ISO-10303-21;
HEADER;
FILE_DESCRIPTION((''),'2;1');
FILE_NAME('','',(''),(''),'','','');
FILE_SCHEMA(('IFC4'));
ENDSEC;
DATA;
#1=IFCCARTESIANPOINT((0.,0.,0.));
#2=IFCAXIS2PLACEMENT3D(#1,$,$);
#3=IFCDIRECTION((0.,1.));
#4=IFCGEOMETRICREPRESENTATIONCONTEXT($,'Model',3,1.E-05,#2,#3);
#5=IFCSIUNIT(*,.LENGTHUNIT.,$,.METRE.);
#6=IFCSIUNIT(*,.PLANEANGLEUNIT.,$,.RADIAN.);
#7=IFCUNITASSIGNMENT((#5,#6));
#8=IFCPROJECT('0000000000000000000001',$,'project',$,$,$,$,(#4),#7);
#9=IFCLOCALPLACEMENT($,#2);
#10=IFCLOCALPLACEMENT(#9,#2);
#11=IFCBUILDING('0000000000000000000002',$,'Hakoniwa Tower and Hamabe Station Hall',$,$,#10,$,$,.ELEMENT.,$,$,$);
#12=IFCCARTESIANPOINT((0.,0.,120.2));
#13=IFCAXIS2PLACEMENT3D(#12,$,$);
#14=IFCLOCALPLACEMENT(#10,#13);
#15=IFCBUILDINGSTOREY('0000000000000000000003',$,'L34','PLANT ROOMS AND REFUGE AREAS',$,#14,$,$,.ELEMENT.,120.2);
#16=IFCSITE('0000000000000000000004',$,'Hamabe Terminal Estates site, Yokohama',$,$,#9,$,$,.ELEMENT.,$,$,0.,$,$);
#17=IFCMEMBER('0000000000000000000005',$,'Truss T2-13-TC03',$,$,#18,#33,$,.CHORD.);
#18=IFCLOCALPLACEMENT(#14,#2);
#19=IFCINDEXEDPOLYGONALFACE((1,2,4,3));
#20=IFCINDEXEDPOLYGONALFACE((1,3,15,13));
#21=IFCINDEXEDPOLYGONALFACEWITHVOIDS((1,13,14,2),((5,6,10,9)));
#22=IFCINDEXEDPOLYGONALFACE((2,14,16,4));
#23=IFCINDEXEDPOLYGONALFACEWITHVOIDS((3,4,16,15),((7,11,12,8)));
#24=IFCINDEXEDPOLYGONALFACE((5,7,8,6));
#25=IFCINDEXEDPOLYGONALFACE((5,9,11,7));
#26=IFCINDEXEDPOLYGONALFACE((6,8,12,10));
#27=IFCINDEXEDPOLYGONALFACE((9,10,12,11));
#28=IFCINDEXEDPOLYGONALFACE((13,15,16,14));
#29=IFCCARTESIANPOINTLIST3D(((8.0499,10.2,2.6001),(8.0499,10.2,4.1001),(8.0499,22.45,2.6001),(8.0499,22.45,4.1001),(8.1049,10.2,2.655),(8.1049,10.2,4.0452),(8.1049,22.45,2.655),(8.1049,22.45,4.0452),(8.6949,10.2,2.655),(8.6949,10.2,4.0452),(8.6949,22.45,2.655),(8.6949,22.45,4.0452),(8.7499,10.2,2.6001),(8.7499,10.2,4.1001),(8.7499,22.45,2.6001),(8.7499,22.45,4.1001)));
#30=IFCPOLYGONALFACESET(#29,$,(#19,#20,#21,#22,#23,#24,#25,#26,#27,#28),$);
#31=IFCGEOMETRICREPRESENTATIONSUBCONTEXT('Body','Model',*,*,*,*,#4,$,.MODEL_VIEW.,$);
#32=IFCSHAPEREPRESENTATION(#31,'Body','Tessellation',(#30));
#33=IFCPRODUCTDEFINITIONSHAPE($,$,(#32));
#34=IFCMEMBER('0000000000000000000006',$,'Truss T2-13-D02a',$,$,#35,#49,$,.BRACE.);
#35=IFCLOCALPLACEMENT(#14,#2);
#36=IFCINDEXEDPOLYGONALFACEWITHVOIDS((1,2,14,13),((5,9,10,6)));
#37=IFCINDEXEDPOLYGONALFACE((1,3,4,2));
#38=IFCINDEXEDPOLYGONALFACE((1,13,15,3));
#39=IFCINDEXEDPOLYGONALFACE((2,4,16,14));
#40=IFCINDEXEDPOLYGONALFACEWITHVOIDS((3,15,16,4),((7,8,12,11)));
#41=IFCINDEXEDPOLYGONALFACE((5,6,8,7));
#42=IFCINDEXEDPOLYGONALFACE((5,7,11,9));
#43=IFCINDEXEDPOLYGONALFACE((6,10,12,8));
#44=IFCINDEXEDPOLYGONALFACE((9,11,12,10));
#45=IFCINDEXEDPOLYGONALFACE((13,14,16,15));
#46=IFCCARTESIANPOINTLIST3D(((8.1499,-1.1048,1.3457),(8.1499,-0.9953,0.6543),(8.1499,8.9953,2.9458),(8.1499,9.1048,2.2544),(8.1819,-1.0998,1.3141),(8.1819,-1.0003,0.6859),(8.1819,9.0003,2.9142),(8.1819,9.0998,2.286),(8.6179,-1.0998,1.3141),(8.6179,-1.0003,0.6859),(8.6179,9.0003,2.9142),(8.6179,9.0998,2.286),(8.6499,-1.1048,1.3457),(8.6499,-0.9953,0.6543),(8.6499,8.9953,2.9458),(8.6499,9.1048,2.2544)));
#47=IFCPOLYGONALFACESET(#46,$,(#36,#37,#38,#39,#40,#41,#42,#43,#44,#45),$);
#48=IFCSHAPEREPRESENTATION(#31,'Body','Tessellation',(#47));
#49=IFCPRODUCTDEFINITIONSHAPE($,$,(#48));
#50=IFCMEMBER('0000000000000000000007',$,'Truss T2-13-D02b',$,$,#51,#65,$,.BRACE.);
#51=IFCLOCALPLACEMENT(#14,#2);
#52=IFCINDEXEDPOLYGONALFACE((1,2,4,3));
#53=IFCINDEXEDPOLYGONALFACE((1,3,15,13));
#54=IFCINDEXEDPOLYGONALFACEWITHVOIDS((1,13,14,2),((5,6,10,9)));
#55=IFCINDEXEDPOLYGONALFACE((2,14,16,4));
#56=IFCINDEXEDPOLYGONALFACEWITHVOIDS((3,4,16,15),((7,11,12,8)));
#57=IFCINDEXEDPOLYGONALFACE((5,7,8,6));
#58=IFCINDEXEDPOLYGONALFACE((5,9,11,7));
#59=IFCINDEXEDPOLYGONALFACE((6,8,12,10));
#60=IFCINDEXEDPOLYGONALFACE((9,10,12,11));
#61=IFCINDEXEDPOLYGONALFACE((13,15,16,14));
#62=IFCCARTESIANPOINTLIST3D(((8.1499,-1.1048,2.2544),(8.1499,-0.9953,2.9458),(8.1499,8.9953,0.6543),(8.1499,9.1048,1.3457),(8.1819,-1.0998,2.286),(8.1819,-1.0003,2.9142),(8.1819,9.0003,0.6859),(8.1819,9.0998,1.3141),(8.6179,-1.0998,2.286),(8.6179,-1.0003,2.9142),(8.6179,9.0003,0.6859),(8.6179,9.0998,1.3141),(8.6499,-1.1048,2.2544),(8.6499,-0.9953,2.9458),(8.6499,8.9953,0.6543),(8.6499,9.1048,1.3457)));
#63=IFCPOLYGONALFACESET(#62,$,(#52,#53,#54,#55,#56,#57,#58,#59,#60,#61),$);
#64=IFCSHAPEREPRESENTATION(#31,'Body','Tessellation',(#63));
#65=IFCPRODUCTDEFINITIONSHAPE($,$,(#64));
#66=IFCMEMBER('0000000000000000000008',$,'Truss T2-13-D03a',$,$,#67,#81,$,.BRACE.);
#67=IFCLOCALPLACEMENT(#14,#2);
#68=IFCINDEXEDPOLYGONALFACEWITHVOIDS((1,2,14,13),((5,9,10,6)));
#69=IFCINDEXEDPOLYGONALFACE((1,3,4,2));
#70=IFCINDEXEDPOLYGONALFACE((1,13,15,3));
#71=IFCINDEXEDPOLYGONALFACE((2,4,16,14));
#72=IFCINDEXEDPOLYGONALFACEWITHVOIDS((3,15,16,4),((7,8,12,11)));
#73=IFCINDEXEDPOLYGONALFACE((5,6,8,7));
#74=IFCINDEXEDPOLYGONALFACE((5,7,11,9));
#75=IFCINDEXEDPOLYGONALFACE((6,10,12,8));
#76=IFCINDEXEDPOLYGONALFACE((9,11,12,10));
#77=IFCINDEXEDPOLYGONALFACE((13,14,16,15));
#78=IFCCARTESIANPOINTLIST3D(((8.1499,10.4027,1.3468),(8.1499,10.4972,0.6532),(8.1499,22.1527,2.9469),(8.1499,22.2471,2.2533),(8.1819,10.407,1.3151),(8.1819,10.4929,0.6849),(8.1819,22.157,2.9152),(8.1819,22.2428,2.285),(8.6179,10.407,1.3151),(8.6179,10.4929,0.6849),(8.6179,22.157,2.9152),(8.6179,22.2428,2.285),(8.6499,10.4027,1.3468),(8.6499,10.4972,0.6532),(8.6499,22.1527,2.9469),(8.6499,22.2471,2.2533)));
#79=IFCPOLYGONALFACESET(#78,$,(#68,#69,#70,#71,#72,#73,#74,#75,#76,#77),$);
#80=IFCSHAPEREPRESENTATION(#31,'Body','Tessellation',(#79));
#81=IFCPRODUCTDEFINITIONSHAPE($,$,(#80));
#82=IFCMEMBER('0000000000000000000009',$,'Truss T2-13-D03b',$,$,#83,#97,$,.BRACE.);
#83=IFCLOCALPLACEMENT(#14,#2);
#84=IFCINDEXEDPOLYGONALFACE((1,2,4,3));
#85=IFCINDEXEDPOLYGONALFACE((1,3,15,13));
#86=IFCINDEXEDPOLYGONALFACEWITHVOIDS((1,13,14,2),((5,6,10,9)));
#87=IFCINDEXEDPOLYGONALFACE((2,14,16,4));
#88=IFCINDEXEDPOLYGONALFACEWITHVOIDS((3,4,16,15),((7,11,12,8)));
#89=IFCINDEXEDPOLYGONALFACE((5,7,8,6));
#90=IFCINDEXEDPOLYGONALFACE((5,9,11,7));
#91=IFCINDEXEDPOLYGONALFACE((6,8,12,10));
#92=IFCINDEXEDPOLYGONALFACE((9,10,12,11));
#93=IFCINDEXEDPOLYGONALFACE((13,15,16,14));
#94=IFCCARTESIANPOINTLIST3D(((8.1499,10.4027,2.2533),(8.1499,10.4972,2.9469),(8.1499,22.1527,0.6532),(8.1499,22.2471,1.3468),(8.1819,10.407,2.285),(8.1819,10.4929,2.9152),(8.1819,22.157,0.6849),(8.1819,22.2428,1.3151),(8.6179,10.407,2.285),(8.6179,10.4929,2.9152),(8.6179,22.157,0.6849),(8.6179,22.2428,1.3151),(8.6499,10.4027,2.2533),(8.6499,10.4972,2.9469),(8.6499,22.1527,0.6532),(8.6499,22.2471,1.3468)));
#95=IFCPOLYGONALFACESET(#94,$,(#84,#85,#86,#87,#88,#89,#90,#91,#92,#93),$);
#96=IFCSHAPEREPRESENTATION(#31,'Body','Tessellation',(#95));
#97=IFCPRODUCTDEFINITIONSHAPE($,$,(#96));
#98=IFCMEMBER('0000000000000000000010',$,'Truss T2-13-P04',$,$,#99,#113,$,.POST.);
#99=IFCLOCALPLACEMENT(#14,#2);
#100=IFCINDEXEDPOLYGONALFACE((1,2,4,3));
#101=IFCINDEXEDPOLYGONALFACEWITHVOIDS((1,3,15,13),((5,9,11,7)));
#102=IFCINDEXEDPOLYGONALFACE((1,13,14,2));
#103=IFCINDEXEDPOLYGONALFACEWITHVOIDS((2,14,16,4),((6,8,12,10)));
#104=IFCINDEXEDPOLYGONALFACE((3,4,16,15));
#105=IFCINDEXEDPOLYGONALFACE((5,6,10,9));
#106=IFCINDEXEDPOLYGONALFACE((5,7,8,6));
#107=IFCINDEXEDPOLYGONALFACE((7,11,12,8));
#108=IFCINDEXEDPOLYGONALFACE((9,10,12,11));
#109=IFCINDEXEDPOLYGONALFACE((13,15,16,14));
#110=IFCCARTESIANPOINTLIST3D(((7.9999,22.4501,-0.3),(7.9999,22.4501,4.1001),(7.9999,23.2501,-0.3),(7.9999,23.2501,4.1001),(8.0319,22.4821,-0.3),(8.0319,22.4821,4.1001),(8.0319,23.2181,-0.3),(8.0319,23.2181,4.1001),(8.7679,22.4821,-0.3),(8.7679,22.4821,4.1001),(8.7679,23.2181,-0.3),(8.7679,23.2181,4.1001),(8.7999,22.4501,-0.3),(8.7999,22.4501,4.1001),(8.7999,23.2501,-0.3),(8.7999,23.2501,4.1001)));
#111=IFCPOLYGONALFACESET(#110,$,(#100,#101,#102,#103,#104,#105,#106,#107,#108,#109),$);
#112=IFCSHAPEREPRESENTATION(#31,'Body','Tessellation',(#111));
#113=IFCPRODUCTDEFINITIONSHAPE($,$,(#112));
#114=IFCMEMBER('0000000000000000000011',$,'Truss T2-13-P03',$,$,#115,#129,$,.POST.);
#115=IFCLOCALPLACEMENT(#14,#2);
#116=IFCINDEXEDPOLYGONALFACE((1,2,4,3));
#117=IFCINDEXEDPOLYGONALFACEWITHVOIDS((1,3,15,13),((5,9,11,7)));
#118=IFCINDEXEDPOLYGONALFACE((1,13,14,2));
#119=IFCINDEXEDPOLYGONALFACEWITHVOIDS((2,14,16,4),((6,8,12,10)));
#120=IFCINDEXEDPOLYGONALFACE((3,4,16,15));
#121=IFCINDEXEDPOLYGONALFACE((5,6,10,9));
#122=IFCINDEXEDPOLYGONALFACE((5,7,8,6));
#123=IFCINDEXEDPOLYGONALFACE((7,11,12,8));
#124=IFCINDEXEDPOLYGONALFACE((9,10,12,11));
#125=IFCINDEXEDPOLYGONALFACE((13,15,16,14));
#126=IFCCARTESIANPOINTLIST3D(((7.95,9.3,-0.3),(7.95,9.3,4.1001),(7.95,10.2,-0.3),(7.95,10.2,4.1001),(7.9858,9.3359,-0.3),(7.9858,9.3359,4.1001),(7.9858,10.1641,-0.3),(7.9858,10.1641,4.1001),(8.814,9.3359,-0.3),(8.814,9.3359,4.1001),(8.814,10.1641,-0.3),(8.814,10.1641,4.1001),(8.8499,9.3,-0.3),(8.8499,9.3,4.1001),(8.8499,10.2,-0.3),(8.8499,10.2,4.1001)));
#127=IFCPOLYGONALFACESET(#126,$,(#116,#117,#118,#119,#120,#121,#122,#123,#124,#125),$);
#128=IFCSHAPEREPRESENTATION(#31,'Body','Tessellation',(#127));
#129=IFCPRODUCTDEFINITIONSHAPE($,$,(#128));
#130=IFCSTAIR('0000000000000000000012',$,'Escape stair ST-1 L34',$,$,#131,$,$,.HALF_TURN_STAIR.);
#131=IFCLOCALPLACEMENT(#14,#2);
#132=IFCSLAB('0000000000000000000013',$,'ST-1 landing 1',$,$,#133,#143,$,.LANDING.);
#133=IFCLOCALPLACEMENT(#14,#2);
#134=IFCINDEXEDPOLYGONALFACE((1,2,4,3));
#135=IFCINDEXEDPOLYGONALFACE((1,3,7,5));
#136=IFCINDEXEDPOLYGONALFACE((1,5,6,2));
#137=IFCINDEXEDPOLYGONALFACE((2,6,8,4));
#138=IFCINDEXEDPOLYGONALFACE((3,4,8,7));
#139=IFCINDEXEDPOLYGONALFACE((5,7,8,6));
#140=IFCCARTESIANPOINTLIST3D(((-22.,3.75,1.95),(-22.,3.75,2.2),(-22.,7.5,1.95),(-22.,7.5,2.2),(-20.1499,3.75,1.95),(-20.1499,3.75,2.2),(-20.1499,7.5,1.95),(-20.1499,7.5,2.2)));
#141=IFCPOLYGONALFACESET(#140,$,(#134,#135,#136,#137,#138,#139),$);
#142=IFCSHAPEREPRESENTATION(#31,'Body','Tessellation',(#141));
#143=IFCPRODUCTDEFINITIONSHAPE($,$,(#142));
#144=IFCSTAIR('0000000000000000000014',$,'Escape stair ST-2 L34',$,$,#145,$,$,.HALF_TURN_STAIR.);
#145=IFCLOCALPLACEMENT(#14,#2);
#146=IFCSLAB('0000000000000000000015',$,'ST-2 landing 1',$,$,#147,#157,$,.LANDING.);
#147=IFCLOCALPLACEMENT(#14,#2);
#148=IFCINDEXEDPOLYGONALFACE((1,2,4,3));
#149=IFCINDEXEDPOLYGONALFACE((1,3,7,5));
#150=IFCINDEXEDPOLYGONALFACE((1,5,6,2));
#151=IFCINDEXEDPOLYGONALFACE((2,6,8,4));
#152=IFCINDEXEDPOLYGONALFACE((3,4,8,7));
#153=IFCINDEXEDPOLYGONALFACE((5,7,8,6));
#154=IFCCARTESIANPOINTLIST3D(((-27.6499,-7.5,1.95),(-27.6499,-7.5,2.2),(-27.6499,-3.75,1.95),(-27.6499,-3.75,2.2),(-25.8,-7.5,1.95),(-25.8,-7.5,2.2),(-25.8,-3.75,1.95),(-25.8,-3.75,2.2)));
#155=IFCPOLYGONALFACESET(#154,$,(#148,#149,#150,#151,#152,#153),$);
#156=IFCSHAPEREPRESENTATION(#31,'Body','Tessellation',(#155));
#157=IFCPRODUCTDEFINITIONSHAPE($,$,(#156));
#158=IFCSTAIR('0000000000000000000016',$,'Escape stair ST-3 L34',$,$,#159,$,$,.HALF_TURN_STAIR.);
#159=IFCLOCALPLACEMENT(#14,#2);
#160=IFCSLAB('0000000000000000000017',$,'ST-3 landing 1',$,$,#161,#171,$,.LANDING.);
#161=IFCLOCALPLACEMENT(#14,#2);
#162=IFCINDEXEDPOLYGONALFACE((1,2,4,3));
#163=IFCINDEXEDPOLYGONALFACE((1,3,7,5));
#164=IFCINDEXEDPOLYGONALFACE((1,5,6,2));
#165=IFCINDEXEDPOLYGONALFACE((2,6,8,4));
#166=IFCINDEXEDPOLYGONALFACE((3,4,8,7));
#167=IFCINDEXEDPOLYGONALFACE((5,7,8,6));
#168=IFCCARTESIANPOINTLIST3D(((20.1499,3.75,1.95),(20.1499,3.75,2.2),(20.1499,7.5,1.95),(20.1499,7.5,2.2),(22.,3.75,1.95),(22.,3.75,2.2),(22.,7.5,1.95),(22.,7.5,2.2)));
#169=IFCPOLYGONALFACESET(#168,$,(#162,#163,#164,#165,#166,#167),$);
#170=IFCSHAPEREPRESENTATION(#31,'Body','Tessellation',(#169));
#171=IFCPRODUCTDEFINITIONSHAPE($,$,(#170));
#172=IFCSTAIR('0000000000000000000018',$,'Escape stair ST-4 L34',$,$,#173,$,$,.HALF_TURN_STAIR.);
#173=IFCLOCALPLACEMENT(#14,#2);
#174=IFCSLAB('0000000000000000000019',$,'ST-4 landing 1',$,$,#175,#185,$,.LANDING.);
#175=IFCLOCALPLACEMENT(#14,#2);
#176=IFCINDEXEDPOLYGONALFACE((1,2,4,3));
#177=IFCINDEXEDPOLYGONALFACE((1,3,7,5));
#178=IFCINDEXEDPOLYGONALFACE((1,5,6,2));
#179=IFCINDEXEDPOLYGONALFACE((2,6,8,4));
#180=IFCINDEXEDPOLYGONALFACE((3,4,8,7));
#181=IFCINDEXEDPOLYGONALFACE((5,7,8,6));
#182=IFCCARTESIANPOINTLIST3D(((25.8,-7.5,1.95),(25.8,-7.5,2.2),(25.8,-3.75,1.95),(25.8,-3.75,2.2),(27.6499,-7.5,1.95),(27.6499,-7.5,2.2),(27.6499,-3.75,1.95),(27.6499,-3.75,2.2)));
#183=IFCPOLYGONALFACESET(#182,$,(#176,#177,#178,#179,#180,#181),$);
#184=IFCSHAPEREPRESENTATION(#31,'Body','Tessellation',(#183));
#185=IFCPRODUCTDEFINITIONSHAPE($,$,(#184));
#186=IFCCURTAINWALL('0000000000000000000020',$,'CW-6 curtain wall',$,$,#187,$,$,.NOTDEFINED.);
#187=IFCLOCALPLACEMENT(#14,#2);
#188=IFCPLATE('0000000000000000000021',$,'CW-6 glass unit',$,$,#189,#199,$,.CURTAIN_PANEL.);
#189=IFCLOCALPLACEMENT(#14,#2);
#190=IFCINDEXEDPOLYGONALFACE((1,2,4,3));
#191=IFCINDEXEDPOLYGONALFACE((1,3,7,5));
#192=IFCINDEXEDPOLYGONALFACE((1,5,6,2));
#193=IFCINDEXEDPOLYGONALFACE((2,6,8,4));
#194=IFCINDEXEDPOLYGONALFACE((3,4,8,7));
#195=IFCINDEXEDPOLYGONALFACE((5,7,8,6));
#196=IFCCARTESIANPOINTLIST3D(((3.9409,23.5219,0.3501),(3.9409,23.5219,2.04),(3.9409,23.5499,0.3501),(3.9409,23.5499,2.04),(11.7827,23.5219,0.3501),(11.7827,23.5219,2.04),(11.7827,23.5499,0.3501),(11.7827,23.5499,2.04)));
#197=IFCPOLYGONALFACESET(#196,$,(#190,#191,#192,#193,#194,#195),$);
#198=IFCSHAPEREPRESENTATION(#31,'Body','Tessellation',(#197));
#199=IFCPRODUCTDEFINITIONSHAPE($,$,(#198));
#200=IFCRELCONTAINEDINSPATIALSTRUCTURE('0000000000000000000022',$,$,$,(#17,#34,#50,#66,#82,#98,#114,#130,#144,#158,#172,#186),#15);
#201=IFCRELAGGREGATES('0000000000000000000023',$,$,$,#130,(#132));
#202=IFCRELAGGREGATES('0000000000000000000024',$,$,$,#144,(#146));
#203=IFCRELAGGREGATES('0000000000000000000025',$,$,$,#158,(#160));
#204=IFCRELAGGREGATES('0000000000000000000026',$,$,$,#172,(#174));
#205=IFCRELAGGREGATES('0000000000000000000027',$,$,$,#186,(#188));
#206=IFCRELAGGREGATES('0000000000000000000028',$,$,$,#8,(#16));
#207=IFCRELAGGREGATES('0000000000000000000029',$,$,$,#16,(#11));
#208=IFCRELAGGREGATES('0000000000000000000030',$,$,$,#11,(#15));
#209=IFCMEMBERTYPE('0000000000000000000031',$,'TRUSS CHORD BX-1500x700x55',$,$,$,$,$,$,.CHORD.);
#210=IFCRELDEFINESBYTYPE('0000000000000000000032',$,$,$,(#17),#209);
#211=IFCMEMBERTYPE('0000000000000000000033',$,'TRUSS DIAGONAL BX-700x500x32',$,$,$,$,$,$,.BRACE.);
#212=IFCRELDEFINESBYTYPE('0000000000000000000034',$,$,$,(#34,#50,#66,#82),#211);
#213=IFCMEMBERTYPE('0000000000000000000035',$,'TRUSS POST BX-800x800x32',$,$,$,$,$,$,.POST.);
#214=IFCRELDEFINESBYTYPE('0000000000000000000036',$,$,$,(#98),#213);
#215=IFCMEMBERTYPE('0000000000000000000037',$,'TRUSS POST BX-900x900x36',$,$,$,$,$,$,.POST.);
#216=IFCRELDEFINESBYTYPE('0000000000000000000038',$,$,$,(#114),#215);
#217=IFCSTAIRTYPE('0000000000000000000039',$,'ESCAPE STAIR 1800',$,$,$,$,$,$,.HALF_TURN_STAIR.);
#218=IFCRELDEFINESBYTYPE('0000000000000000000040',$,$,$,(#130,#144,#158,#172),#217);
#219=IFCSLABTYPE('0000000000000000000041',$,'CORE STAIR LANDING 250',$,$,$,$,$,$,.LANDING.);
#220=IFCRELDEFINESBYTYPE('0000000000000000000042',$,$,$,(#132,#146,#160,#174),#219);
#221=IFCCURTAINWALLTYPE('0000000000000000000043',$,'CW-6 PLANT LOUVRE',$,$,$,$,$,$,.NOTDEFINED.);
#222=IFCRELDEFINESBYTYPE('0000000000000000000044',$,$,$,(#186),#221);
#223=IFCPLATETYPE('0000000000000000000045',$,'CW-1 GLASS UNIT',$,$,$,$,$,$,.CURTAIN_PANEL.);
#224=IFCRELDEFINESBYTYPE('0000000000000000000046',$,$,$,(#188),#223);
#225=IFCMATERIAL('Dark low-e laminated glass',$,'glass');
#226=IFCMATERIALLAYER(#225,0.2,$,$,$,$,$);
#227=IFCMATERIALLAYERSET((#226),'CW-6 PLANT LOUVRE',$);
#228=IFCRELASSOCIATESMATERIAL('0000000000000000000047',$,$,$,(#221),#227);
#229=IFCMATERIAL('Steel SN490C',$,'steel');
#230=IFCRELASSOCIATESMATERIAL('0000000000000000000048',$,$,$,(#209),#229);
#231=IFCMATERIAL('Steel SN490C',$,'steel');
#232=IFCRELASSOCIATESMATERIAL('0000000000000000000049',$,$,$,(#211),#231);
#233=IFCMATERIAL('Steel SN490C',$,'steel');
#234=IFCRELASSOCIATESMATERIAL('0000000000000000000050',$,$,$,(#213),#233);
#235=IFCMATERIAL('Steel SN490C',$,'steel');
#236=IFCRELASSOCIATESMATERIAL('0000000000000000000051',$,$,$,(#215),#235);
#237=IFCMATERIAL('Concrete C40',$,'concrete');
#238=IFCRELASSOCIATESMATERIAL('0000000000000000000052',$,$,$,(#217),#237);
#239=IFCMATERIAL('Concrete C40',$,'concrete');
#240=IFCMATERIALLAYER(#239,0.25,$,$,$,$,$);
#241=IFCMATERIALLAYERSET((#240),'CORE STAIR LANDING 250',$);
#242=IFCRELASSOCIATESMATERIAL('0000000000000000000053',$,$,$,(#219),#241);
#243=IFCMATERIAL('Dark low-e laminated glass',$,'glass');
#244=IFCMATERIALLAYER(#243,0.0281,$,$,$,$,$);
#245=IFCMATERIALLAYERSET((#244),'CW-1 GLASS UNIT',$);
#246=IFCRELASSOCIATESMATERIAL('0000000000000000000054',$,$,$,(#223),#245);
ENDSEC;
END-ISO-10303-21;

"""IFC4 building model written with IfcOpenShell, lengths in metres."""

from ifc_helpers import new_model, si_unit, direction, frame, origin, origin_2d, place, context, subcontext, project, spatial, polyline, rectangle, hollow_rectangle, outline, extrude, material, layer, layer_set, material_profile, profile_set, type_object, element, aggregate, save


model = new_model("IFC4")

# Units and contexts
model_context = context("Model", 3, precision=1e-05, world=origin(), true_north=direction((0.0, 1.0)))
body_context = subcontext(model_context, "Body", "Model", "MODEL_VIEW")
ifc_project = project(units=[si_unit("LENGTHUNIT", "METRE"), si_unit("PLANEANGLEUNIT", "RADIAN")], contexts=[model_context])

# Site, building, storey
site_placement = place(None, origin())
site = spatial("IfcSite", under=ifc_project, at=site_placement, Name="Hamabe Terminal Estates site, Yokohama", CompositionType="ELEMENT", RefElevation=0.0)
building_placement = place(site_placement, origin())
building = spatial("IfcBuilding", under=site, at=building_placement, Name="Hakoniwa Tower and Hamabe Station Hall", CompositionType="ELEMENT")
storey_placement = place(building_placement, frame((0.0, 0.0, 120.2)))
storey = spatial("IfcBuildingStorey", under=building, at=storey_placement, Name="L34", Description="PLANT ROOMS AND REFUGE AREAS", CompositionType="ELEMENT", Elevation=120.2)

# Shared definitions
ifc_material_1 = material(Name="Dark low-e laminated glass", Category="glass")
ifc_layer_1 = layer(ifc_material_1, 0.2)
ifc_layer_set_1 = layer_set([ifc_layer_1], Name="CW-6 PLANT LOUVRE")
curtain_wall_type = type_object("IfcCurtainWallType", Name="CW-6 PLANT LOUVRE", PredefinedType="NOTDEFINED", material=ifc_layer_set_1)

# Members
ifc_material_2 = material(Name="Steel SN490C", Category="steel")
ifc_material_profile_1 = material_profile(ifc_material_2, hollow_rectangle(XDim=0.7, YDim=1.5, WallThickness=0.0549, at=origin_2d()), Name="BX-1500x700x55")
ifc_profile_set_1 = profile_set([ifc_material_profile_1], Name="Steel SN490C")
member_type_1 = type_object("IfcMemberType", Name="TRUSS CHORD BX-1500x700x55", PredefinedType="CHORD", material=ifc_profile_set_1)
member_1_placement = place(storey_placement, frame((8.3999, 10.2, 3.3501), z_axis=(0.0, 1.0, 0.0), x_axis=(-1.0, 0.0, 0.0)))
element("IfcMember", 1, at=member_1_placement, inside=storey, type_object=member_type_1, Name="Truss T2-13-TC03", PredefinedType="CHORD", context=body_context, shape_type="SweptSolid", body=[
    extrude(hollow_rectangle(XDim=0.7, YDim=1.5, WallThickness=0.0549, at=origin_2d()), origin(), (0.0, 0.0, 1.0), 12.25),
])
ifc_material_3 = material(Name="Steel SN490C", Category="steel")
ifc_material_profile_2 = material_profile(ifc_material_3, hollow_rectangle(XDim=0.5, YDim=0.7, WallThickness=0.032, at=origin_2d()), Name="BX-700x500x32")
ifc_profile_set_2 = profile_set([ifc_material_profile_2], Name="Steel SN490C")
member_type_2 = type_object("IfcMemberType", Name="TRUSS DIAGONAL BX-700x500x32", PredefinedType="BRACE", material=ifc_profile_set_2)
for number, where, z_axis, x_axis, name in (
    (2, (8.3999, -1.05, 1.0), (0.0, 0.987682, 0.156473), (-1.0, 0.0, 0.0), "Truss T2-13-D02a"),
    (3, (8.3999, -1.05, 2.6001), (0.0, 0.987682, -0.156473), (-1.0, 0.0, 0.0), "Truss T2-13-D02b"),
):
    element("IfcMember", number, at=place(storey_placement, frame(where, z_axis=z_axis, x_axis=x_axis)), inside=storey, type_object=member_type_2, Name=name, PredefinedType="BRACE", context=body_context, shape_type="SweptSolid", body=[
        extrude(hollow_rectangle(XDim=0.5, YDim=0.7, WallThickness=0.032, at=origin_2d()), origin(), (0.0, 0.0, 1.0), 10.2261),
    ])
for number, where, z_axis, x_axis, name in (
    (4, (8.3999, 10.45, 1.0), (0.0, 0.990855, 0.134933), (-1.0, 0.0, 0.0), "Truss T2-13-D03a"),
    (5, (8.3999, 10.45, 2.6001), (0.0, 0.990855, -0.134933), (-1.0, 0.0, 0.0), "Truss T2-13-D03b"),
):
    element("IfcMember", number, at=place(storey_placement, frame(where, z_axis=z_axis, x_axis=x_axis)), inside=storey, type_object=member_type_2, Name=name, PredefinedType="BRACE", context=body_context, shape_type="SweptSolid", body=[
        extrude(hollow_rectangle(XDim=0.5, YDim=0.7, WallThickness=0.032, at=origin_2d()), origin(), (0.0, 0.0, 1.0), 11.8584),
    ])
ifc_material_4 = material(Name="Steel SN490C", Category="steel")
ifc_material_profile_3 = material_profile(ifc_material_4, hollow_rectangle(XDim=0.8, YDim=0.8, WallThickness=0.032, at=origin_2d()), Name="BX-800x800x32")
ifc_profile_set_3 = profile_set([ifc_material_profile_3], Name="Steel SN490C")
member_type_3 = type_object("IfcMemberType", Name="TRUSS POST BX-800x800x32", PredefinedType="POST", material=ifc_profile_set_3)
member_2_placement = place(storey_placement, frame((8.3999, 22.8501, -0.3), z_axis=(0.0, 0.0, 1.0), x_axis=(1.0, 0.0, 0.0)))
element("IfcMember", 6, at=member_2_placement, inside=storey, type_object=member_type_3, Name="Truss T2-13-P04", PredefinedType="POST", context=body_context, shape_type="SweptSolid", body=[
    extrude(hollow_rectangle(XDim=0.8, YDim=0.8, WallThickness=0.032, at=origin_2d()), origin(), (0.0, 0.0, 1.0), 4.4001),
])
ifc_material_5 = material(Name="Steel SN490C", Category="steel")
ifc_material_profile_4 = material_profile(ifc_material_5, hollow_rectangle(XDim=0.8999, YDim=0.8999, WallThickness=0.0359, at=origin_2d()), Name="BX-900x900x36")
ifc_profile_set_4 = profile_set([ifc_material_profile_4], Name="Steel SN490C")
member_type_4 = type_object("IfcMemberType", Name="TRUSS POST BX-900x900x36", PredefinedType="POST", material=ifc_profile_set_4)
member_3_placement = place(storey_placement, frame((8.3999, 9.75, -0.3), z_axis=(0.0, 0.0, 1.0), x_axis=(1.0, 0.0, 0.0)))
element("IfcMember", 7, at=member_3_placement, inside=storey, type_object=member_type_4, Name="Truss T2-13-P03", PredefinedType="POST", context=body_context, shape_type="SweptSolid", body=[
    extrude(hollow_rectangle(XDim=0.8999, YDim=0.8999, WallThickness=0.0359, at=origin_2d()), origin(), (0.0, 0.0, 1.0), 4.4001),
])

# Stairs, slabs
ifc_material_6 = material(Name="Concrete C40", Category="concrete")
stair_type = type_object("IfcStairType", Name="ESCAPE STAIR 1800", PredefinedType="HALF_TURN_STAIR", material=ifc_material_6)
stair_1_placement = place(storey_placement, origin())
stair_1 = element("IfcStair", 8, at=stair_1_placement, inside=storey, type_object=stair_type, Name="Escape stair ST-1 L34", PredefinedType="HALF_TURN_STAIR")
ifc_material_7 = material(Name="Concrete C40", Category="concrete")
ifc_layer_2 = layer(ifc_material_7, 0.25)
ifc_layer_set_2 = layer_set([ifc_layer_2], Name="CORE STAIR LANDING 250")
slab_type = type_object("IfcSlabType", Name="CORE STAIR LANDING 250", PredefinedType="LANDING", material=ifc_layer_set_2)
slab_1_placement = place(storey_placement, frame((0.0, 0.0, 1.95)))
slab_1 = element("IfcSlab", 9, at=slab_1_placement, type_object=slab_type, Name="ST-1 landing 1", PredefinedType="LANDING", context=body_context, shape_type="SweptSolid", body=[
    extrude(outline(polyline([(-22.0, 3.75), (-20.1499, 3.75), (-20.1499, 7.5), (-22.0, 7.5), (-22.0, 3.75)])), origin(), (0.0, 0.0, 1.0), 0.25),
])
aggregate(stair_1, [slab_1])
stair_2_placement = place(storey_placement, origin())
stair_2 = element("IfcStair", 10, at=stair_2_placement, inside=storey, type_object=stair_type, Name="Escape stair ST-2 L34", PredefinedType="HALF_TURN_STAIR")
slab_2_placement = place(storey_placement, frame((0.0, 0.0, 1.95)))
slab_2 = element("IfcSlab", 11, at=slab_2_placement, type_object=slab_type, Name="ST-2 landing 1", PredefinedType="LANDING", context=body_context, shape_type="SweptSolid", body=[
    extrude(outline(polyline([(-25.8, -7.5), (-27.6499, -7.5), (-27.6499, -3.75), (-25.8, -3.75), (-25.8, -7.5)])), origin(), (0.0, 0.0, 1.0), 0.25),
])
aggregate(stair_2, [slab_2])
stair_3_placement = place(storey_placement, origin())
stair_3 = element("IfcStair", 12, at=stair_3_placement, inside=storey, type_object=stair_type, Name="Escape stair ST-3 L34", PredefinedType="HALF_TURN_STAIR")
slab_3_placement = place(storey_placement, frame((0.0, 0.0, 1.95)))
slab_3 = element("IfcSlab", 13, at=slab_3_placement, type_object=slab_type, Name="ST-3 landing 1", PredefinedType="LANDING", context=body_context, shape_type="SweptSolid", body=[
    extrude(outline(polyline([(22.0, 3.75), (20.1499, 3.75), (20.1499, 7.5), (22.0, 7.5), (22.0, 3.75)])), origin(), (0.0, 0.0, 1.0), 0.25),
])
aggregate(stair_3, [slab_3])
stair_4_placement = place(storey_placement, origin())
stair_4 = element("IfcStair", 14, at=stair_4_placement, inside=storey, type_object=stair_type, Name="Escape stair ST-4 L34", PredefinedType="HALF_TURN_STAIR")
slab_4_placement = place(storey_placement, frame((0.0, 0.0, 1.95)))
slab_4 = element("IfcSlab", 15, at=slab_4_placement, type_object=slab_type, Name="ST-4 landing 1", PredefinedType="LANDING", context=body_context, shape_type="SweptSolid", body=[
    extrude(outline(polyline([(25.8, -7.5), (27.6499, -7.5), (27.6499, -3.75), (25.8, -3.75), (25.8, -7.5)])), origin(), (0.0, 0.0, 1.0), 0.25),
])
aggregate(stair_4, [slab_4])

# Curtain wall, plate
curtain_wall_1_placement = place(storey_placement, origin())
curtain_wall_1 = element("IfcCurtainWall", 16, at=curtain_wall_1_placement, inside=storey, type_object=curtain_wall_type, Name="CW-6 curtain wall", PredefinedType="NOTDEFINED")
ifc_material_8 = material(Name="Dark low-e laminated glass", Category="glass")
ifc_layer_3 = layer(ifc_material_8, 0.0281)
ifc_layer_set_3 = layer_set([ifc_layer_3], Name="CW-1 GLASS UNIT")
plate_type = type_object("IfcPlateType", Name="CW-1 GLASS UNIT", PredefinedType="CURTAIN_PANEL", material=ifc_layer_set_3)
plate_1_placement = place(storey_placement, frame((7.8618, 23.5359, 0.3501), z_axis=(0.0, 0.0, 1.0), x_axis=(-1.0, 0.0, 0.0)))
plate_1 = element("IfcPlate", 17, at=plate_1_placement, type_object=plate_type, Name="CW-6 glass unit", PredefinedType="CURTAIN_PANEL", context=body_context, shape_type="SweptSolid", body=[
    extrude(rectangle(XDim=7.8418, YDim=0.0281, at=origin_2d()), origin(), (0.0, 0.0, 1.0), 1.6899),
])
aggregate(curtain_wall_1, [plate_1])

save(model, "model.ifc")
